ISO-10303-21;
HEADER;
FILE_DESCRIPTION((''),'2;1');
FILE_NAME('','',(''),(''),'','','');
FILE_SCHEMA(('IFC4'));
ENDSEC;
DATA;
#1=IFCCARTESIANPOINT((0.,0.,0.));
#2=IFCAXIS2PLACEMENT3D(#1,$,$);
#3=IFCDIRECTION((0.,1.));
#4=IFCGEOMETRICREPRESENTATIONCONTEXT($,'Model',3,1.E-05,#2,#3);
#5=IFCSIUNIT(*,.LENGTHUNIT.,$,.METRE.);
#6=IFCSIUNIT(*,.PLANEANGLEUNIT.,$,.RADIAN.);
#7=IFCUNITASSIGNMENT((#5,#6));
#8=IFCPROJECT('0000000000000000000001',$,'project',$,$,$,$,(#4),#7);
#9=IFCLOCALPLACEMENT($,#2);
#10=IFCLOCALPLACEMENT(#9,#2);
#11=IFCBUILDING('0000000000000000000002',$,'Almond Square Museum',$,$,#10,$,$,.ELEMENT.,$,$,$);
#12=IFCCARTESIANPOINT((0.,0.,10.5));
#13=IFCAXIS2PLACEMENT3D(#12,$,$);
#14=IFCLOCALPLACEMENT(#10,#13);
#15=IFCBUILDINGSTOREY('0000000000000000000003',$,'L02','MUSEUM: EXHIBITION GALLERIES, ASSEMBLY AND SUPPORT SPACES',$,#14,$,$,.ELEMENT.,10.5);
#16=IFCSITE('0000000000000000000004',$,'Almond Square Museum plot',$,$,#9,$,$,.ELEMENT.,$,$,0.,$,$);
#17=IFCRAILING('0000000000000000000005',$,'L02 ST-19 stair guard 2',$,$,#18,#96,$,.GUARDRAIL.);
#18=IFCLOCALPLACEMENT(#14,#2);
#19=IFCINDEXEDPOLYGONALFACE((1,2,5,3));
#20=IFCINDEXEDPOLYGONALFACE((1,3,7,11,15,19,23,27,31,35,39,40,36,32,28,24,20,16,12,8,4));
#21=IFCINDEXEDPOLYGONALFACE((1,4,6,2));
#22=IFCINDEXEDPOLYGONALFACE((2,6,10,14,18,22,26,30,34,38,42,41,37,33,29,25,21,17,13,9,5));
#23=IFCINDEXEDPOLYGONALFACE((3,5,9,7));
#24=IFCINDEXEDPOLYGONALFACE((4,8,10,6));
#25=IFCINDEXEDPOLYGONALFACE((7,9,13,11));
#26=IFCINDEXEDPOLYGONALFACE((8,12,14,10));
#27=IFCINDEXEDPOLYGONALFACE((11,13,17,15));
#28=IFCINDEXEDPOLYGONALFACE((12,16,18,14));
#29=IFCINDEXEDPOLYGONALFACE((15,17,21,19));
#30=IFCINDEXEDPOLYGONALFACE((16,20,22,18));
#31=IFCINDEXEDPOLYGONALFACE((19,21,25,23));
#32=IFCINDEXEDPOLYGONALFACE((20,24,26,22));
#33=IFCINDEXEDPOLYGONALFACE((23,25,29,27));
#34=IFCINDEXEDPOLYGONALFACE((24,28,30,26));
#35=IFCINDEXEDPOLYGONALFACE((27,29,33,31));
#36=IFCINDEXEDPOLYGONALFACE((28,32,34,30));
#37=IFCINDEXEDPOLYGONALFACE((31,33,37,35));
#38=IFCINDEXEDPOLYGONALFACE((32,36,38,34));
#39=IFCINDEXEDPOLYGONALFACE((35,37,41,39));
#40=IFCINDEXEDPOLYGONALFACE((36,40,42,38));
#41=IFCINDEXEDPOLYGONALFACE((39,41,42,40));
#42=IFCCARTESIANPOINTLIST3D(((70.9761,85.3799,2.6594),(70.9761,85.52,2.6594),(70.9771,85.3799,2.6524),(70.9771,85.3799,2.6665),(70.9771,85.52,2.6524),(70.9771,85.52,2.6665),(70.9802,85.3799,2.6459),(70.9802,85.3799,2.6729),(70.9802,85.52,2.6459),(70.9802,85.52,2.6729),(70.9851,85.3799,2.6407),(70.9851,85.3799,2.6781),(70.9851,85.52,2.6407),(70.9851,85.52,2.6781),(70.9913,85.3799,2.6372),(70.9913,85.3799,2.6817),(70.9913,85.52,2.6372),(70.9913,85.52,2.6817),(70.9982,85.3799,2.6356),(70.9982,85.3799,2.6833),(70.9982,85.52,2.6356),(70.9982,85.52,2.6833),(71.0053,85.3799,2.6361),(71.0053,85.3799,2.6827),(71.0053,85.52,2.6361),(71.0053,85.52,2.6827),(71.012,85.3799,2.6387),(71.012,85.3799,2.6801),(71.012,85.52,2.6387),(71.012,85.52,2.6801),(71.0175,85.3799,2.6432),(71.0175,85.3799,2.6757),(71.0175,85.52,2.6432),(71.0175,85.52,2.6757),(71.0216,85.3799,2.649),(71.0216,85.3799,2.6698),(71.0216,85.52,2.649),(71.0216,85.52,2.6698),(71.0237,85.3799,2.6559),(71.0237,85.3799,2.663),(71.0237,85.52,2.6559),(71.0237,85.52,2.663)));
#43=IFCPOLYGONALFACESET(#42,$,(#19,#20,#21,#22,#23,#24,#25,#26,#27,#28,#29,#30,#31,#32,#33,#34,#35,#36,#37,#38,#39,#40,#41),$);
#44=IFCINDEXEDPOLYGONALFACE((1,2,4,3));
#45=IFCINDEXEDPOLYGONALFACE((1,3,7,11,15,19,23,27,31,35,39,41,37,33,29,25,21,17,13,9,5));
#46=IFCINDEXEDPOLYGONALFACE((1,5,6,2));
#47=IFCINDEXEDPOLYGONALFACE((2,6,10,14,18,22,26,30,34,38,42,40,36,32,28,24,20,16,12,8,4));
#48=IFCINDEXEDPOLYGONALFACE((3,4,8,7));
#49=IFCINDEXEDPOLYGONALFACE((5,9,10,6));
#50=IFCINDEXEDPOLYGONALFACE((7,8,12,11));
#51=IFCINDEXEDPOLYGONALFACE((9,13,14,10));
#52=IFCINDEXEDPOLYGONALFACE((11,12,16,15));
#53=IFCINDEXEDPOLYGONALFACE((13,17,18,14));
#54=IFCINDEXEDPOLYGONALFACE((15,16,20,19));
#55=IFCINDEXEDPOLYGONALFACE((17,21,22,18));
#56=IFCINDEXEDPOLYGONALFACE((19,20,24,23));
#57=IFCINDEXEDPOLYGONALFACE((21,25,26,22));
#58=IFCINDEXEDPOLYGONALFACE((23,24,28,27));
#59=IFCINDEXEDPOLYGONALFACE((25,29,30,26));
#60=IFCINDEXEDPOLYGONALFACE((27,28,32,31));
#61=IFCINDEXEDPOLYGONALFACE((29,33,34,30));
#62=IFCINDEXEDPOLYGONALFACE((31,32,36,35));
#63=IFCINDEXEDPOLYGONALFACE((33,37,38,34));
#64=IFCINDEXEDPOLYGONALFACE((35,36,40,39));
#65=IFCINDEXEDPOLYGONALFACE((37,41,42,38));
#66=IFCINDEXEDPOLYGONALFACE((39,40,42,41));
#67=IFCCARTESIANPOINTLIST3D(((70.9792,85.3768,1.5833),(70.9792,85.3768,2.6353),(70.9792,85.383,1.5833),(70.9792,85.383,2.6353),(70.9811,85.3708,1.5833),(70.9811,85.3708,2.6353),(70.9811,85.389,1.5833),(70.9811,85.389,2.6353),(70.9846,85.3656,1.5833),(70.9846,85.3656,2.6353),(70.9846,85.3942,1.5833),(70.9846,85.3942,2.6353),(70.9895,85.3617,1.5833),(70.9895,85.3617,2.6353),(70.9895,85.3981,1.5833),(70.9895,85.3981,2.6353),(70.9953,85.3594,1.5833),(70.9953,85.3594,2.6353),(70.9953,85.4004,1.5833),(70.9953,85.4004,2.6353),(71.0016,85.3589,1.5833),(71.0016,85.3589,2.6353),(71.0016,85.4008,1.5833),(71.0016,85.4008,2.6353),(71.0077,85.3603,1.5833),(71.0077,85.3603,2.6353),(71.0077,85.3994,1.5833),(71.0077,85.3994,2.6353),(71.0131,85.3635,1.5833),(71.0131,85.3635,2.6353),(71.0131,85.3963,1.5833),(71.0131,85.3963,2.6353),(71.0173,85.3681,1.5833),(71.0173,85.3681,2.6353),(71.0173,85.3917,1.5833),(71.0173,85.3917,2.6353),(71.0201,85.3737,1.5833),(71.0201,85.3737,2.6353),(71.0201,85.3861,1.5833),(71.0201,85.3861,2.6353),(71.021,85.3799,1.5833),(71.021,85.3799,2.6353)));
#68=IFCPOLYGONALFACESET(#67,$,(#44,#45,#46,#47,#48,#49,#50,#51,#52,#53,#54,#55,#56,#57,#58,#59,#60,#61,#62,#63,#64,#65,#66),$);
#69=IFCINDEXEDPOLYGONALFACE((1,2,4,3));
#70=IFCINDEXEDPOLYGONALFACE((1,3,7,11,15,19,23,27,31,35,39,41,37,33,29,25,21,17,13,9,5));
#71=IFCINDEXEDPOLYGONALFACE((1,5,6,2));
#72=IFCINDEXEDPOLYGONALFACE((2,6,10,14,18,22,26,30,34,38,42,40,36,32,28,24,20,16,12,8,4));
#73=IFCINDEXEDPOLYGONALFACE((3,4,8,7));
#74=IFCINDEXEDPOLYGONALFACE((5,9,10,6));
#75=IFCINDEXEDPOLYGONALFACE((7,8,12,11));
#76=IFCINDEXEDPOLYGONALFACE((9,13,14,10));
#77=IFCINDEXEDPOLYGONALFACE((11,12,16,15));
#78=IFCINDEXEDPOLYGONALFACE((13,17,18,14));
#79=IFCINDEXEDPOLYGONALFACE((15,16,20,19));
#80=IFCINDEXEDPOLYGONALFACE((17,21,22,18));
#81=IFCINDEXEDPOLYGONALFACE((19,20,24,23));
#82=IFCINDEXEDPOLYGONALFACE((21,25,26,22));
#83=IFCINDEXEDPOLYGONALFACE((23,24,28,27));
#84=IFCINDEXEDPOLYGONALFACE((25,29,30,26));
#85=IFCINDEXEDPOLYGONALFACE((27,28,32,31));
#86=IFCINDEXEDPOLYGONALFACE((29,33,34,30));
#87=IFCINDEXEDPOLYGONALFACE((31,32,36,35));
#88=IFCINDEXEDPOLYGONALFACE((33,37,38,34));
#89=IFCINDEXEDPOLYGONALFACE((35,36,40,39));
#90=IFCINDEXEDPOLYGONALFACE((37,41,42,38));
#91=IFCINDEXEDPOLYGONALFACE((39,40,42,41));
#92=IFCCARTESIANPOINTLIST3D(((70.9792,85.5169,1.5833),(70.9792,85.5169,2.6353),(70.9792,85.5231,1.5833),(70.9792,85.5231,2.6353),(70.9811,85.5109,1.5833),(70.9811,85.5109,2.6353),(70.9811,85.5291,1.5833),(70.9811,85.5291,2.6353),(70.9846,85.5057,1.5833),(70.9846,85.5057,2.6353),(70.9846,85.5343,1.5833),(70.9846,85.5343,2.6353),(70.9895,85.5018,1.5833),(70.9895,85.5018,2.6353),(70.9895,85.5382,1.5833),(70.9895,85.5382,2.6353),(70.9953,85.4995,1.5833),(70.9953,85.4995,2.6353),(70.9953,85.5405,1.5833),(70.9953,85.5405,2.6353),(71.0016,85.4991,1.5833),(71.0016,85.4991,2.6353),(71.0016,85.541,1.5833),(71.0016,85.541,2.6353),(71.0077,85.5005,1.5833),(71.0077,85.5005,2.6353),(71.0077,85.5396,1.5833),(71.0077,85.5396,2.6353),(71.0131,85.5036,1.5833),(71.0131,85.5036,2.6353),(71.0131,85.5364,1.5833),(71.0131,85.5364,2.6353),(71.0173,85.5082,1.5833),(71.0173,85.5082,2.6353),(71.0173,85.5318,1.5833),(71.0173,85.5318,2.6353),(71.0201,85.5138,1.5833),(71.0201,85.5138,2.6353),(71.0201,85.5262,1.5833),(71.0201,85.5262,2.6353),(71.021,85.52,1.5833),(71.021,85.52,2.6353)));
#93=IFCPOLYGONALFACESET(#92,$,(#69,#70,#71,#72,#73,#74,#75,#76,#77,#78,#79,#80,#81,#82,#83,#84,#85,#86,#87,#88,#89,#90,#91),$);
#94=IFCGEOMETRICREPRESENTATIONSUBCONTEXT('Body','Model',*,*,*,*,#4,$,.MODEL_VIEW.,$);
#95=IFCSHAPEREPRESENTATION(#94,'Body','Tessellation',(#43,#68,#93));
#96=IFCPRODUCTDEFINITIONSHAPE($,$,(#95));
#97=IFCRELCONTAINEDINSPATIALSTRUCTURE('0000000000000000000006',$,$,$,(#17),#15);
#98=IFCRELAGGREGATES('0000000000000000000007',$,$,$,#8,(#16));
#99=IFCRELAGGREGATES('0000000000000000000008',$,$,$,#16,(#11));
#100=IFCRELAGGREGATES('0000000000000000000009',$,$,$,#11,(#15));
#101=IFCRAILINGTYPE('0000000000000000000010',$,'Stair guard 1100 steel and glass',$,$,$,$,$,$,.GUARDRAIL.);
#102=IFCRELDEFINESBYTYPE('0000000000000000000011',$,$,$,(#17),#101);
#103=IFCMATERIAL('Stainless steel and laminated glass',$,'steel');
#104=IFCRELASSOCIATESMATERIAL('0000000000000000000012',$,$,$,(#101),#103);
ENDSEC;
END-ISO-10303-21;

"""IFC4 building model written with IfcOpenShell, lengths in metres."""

from ifc_helpers import new_model, si_unit, direction, frame, origin, origin_2d, place, context, subcontext, project, spatial, circle, extrude, material, type_object, element, save


model = new_model("IFC4")

# Units and contexts
model_context = context("Model", 3, precision=1e-05, world=origin(), true_north=direction((0.0, 1.0)))
body_context = subcontext(model_context, "Body", "Model", "MODEL_VIEW")
ifc_project = project(units=[si_unit("LENGTHUNIT", "METRE"), si_unit("PLANEANGLEUNIT", "RADIAN")], contexts=[model_context])

# Site, building, storey
site_placement = place(None, origin())
site = spatial("IfcSite", under=ifc_project, at=site_placement, Name="Almond Square Museum plot", CompositionType="ELEMENT", RefElevation=0.0)
building_placement = place(site_placement, origin())
building = spatial("IfcBuilding", under=site, at=building_placement, Name="Almond Square Museum", CompositionType="ELEMENT")
storey_placement = place(building_placement, frame((0.0, 0.0, 10.5)))
storey = spatial("IfcBuildingStorey", under=building, at=storey_placement, Name="L02", Description="MUSEUM: EXHIBITION GALLERIES, ASSEMBLY AND SUPPORT SPACES", CompositionType="ELEMENT", Elevation=10.5)

# Railing
ifc_material_1 = material(Name="Stainless steel and laminated glass", Category="steel")
railing_type_1 = type_object("IfcRailingType", Name="Stair guard 1100 steel and glass", PredefinedType="GUARDRAIL", material=ifc_material_1)
railing_1_placement = place(storey_placement, frame((71.0, 85.3799, 1.5833)))
element("IfcRailing", 1, at=railing_1_placement, inside=storey, type_object=railing_type_1, Name="L02 ST-19 stair guard 2", PredefinedType="GUARDRAIL", context=body_context, shape_type="SweptSolid", body=[
    extrude(circle(Radius=0.0239, at=origin_2d()), frame((0.0, 0.0, 1.0762), z_axis=(0.0, 1.0, 0.0), x_axis=(-1.0, 0.0, 0.0)), (0.0, 0.0, 1.0), 0.1401),
    extrude(circle(Radius=0.021, at=origin_2d()), origin(), (0.0, 0.0, 1.0), 1.052),
    extrude(circle(Radius=0.021, at=origin_2d()), frame((0.0, 0.1401, 0.0)), (0.0, 0.0, 1.0), 1.052),
])

save(model, "model.ifc")
